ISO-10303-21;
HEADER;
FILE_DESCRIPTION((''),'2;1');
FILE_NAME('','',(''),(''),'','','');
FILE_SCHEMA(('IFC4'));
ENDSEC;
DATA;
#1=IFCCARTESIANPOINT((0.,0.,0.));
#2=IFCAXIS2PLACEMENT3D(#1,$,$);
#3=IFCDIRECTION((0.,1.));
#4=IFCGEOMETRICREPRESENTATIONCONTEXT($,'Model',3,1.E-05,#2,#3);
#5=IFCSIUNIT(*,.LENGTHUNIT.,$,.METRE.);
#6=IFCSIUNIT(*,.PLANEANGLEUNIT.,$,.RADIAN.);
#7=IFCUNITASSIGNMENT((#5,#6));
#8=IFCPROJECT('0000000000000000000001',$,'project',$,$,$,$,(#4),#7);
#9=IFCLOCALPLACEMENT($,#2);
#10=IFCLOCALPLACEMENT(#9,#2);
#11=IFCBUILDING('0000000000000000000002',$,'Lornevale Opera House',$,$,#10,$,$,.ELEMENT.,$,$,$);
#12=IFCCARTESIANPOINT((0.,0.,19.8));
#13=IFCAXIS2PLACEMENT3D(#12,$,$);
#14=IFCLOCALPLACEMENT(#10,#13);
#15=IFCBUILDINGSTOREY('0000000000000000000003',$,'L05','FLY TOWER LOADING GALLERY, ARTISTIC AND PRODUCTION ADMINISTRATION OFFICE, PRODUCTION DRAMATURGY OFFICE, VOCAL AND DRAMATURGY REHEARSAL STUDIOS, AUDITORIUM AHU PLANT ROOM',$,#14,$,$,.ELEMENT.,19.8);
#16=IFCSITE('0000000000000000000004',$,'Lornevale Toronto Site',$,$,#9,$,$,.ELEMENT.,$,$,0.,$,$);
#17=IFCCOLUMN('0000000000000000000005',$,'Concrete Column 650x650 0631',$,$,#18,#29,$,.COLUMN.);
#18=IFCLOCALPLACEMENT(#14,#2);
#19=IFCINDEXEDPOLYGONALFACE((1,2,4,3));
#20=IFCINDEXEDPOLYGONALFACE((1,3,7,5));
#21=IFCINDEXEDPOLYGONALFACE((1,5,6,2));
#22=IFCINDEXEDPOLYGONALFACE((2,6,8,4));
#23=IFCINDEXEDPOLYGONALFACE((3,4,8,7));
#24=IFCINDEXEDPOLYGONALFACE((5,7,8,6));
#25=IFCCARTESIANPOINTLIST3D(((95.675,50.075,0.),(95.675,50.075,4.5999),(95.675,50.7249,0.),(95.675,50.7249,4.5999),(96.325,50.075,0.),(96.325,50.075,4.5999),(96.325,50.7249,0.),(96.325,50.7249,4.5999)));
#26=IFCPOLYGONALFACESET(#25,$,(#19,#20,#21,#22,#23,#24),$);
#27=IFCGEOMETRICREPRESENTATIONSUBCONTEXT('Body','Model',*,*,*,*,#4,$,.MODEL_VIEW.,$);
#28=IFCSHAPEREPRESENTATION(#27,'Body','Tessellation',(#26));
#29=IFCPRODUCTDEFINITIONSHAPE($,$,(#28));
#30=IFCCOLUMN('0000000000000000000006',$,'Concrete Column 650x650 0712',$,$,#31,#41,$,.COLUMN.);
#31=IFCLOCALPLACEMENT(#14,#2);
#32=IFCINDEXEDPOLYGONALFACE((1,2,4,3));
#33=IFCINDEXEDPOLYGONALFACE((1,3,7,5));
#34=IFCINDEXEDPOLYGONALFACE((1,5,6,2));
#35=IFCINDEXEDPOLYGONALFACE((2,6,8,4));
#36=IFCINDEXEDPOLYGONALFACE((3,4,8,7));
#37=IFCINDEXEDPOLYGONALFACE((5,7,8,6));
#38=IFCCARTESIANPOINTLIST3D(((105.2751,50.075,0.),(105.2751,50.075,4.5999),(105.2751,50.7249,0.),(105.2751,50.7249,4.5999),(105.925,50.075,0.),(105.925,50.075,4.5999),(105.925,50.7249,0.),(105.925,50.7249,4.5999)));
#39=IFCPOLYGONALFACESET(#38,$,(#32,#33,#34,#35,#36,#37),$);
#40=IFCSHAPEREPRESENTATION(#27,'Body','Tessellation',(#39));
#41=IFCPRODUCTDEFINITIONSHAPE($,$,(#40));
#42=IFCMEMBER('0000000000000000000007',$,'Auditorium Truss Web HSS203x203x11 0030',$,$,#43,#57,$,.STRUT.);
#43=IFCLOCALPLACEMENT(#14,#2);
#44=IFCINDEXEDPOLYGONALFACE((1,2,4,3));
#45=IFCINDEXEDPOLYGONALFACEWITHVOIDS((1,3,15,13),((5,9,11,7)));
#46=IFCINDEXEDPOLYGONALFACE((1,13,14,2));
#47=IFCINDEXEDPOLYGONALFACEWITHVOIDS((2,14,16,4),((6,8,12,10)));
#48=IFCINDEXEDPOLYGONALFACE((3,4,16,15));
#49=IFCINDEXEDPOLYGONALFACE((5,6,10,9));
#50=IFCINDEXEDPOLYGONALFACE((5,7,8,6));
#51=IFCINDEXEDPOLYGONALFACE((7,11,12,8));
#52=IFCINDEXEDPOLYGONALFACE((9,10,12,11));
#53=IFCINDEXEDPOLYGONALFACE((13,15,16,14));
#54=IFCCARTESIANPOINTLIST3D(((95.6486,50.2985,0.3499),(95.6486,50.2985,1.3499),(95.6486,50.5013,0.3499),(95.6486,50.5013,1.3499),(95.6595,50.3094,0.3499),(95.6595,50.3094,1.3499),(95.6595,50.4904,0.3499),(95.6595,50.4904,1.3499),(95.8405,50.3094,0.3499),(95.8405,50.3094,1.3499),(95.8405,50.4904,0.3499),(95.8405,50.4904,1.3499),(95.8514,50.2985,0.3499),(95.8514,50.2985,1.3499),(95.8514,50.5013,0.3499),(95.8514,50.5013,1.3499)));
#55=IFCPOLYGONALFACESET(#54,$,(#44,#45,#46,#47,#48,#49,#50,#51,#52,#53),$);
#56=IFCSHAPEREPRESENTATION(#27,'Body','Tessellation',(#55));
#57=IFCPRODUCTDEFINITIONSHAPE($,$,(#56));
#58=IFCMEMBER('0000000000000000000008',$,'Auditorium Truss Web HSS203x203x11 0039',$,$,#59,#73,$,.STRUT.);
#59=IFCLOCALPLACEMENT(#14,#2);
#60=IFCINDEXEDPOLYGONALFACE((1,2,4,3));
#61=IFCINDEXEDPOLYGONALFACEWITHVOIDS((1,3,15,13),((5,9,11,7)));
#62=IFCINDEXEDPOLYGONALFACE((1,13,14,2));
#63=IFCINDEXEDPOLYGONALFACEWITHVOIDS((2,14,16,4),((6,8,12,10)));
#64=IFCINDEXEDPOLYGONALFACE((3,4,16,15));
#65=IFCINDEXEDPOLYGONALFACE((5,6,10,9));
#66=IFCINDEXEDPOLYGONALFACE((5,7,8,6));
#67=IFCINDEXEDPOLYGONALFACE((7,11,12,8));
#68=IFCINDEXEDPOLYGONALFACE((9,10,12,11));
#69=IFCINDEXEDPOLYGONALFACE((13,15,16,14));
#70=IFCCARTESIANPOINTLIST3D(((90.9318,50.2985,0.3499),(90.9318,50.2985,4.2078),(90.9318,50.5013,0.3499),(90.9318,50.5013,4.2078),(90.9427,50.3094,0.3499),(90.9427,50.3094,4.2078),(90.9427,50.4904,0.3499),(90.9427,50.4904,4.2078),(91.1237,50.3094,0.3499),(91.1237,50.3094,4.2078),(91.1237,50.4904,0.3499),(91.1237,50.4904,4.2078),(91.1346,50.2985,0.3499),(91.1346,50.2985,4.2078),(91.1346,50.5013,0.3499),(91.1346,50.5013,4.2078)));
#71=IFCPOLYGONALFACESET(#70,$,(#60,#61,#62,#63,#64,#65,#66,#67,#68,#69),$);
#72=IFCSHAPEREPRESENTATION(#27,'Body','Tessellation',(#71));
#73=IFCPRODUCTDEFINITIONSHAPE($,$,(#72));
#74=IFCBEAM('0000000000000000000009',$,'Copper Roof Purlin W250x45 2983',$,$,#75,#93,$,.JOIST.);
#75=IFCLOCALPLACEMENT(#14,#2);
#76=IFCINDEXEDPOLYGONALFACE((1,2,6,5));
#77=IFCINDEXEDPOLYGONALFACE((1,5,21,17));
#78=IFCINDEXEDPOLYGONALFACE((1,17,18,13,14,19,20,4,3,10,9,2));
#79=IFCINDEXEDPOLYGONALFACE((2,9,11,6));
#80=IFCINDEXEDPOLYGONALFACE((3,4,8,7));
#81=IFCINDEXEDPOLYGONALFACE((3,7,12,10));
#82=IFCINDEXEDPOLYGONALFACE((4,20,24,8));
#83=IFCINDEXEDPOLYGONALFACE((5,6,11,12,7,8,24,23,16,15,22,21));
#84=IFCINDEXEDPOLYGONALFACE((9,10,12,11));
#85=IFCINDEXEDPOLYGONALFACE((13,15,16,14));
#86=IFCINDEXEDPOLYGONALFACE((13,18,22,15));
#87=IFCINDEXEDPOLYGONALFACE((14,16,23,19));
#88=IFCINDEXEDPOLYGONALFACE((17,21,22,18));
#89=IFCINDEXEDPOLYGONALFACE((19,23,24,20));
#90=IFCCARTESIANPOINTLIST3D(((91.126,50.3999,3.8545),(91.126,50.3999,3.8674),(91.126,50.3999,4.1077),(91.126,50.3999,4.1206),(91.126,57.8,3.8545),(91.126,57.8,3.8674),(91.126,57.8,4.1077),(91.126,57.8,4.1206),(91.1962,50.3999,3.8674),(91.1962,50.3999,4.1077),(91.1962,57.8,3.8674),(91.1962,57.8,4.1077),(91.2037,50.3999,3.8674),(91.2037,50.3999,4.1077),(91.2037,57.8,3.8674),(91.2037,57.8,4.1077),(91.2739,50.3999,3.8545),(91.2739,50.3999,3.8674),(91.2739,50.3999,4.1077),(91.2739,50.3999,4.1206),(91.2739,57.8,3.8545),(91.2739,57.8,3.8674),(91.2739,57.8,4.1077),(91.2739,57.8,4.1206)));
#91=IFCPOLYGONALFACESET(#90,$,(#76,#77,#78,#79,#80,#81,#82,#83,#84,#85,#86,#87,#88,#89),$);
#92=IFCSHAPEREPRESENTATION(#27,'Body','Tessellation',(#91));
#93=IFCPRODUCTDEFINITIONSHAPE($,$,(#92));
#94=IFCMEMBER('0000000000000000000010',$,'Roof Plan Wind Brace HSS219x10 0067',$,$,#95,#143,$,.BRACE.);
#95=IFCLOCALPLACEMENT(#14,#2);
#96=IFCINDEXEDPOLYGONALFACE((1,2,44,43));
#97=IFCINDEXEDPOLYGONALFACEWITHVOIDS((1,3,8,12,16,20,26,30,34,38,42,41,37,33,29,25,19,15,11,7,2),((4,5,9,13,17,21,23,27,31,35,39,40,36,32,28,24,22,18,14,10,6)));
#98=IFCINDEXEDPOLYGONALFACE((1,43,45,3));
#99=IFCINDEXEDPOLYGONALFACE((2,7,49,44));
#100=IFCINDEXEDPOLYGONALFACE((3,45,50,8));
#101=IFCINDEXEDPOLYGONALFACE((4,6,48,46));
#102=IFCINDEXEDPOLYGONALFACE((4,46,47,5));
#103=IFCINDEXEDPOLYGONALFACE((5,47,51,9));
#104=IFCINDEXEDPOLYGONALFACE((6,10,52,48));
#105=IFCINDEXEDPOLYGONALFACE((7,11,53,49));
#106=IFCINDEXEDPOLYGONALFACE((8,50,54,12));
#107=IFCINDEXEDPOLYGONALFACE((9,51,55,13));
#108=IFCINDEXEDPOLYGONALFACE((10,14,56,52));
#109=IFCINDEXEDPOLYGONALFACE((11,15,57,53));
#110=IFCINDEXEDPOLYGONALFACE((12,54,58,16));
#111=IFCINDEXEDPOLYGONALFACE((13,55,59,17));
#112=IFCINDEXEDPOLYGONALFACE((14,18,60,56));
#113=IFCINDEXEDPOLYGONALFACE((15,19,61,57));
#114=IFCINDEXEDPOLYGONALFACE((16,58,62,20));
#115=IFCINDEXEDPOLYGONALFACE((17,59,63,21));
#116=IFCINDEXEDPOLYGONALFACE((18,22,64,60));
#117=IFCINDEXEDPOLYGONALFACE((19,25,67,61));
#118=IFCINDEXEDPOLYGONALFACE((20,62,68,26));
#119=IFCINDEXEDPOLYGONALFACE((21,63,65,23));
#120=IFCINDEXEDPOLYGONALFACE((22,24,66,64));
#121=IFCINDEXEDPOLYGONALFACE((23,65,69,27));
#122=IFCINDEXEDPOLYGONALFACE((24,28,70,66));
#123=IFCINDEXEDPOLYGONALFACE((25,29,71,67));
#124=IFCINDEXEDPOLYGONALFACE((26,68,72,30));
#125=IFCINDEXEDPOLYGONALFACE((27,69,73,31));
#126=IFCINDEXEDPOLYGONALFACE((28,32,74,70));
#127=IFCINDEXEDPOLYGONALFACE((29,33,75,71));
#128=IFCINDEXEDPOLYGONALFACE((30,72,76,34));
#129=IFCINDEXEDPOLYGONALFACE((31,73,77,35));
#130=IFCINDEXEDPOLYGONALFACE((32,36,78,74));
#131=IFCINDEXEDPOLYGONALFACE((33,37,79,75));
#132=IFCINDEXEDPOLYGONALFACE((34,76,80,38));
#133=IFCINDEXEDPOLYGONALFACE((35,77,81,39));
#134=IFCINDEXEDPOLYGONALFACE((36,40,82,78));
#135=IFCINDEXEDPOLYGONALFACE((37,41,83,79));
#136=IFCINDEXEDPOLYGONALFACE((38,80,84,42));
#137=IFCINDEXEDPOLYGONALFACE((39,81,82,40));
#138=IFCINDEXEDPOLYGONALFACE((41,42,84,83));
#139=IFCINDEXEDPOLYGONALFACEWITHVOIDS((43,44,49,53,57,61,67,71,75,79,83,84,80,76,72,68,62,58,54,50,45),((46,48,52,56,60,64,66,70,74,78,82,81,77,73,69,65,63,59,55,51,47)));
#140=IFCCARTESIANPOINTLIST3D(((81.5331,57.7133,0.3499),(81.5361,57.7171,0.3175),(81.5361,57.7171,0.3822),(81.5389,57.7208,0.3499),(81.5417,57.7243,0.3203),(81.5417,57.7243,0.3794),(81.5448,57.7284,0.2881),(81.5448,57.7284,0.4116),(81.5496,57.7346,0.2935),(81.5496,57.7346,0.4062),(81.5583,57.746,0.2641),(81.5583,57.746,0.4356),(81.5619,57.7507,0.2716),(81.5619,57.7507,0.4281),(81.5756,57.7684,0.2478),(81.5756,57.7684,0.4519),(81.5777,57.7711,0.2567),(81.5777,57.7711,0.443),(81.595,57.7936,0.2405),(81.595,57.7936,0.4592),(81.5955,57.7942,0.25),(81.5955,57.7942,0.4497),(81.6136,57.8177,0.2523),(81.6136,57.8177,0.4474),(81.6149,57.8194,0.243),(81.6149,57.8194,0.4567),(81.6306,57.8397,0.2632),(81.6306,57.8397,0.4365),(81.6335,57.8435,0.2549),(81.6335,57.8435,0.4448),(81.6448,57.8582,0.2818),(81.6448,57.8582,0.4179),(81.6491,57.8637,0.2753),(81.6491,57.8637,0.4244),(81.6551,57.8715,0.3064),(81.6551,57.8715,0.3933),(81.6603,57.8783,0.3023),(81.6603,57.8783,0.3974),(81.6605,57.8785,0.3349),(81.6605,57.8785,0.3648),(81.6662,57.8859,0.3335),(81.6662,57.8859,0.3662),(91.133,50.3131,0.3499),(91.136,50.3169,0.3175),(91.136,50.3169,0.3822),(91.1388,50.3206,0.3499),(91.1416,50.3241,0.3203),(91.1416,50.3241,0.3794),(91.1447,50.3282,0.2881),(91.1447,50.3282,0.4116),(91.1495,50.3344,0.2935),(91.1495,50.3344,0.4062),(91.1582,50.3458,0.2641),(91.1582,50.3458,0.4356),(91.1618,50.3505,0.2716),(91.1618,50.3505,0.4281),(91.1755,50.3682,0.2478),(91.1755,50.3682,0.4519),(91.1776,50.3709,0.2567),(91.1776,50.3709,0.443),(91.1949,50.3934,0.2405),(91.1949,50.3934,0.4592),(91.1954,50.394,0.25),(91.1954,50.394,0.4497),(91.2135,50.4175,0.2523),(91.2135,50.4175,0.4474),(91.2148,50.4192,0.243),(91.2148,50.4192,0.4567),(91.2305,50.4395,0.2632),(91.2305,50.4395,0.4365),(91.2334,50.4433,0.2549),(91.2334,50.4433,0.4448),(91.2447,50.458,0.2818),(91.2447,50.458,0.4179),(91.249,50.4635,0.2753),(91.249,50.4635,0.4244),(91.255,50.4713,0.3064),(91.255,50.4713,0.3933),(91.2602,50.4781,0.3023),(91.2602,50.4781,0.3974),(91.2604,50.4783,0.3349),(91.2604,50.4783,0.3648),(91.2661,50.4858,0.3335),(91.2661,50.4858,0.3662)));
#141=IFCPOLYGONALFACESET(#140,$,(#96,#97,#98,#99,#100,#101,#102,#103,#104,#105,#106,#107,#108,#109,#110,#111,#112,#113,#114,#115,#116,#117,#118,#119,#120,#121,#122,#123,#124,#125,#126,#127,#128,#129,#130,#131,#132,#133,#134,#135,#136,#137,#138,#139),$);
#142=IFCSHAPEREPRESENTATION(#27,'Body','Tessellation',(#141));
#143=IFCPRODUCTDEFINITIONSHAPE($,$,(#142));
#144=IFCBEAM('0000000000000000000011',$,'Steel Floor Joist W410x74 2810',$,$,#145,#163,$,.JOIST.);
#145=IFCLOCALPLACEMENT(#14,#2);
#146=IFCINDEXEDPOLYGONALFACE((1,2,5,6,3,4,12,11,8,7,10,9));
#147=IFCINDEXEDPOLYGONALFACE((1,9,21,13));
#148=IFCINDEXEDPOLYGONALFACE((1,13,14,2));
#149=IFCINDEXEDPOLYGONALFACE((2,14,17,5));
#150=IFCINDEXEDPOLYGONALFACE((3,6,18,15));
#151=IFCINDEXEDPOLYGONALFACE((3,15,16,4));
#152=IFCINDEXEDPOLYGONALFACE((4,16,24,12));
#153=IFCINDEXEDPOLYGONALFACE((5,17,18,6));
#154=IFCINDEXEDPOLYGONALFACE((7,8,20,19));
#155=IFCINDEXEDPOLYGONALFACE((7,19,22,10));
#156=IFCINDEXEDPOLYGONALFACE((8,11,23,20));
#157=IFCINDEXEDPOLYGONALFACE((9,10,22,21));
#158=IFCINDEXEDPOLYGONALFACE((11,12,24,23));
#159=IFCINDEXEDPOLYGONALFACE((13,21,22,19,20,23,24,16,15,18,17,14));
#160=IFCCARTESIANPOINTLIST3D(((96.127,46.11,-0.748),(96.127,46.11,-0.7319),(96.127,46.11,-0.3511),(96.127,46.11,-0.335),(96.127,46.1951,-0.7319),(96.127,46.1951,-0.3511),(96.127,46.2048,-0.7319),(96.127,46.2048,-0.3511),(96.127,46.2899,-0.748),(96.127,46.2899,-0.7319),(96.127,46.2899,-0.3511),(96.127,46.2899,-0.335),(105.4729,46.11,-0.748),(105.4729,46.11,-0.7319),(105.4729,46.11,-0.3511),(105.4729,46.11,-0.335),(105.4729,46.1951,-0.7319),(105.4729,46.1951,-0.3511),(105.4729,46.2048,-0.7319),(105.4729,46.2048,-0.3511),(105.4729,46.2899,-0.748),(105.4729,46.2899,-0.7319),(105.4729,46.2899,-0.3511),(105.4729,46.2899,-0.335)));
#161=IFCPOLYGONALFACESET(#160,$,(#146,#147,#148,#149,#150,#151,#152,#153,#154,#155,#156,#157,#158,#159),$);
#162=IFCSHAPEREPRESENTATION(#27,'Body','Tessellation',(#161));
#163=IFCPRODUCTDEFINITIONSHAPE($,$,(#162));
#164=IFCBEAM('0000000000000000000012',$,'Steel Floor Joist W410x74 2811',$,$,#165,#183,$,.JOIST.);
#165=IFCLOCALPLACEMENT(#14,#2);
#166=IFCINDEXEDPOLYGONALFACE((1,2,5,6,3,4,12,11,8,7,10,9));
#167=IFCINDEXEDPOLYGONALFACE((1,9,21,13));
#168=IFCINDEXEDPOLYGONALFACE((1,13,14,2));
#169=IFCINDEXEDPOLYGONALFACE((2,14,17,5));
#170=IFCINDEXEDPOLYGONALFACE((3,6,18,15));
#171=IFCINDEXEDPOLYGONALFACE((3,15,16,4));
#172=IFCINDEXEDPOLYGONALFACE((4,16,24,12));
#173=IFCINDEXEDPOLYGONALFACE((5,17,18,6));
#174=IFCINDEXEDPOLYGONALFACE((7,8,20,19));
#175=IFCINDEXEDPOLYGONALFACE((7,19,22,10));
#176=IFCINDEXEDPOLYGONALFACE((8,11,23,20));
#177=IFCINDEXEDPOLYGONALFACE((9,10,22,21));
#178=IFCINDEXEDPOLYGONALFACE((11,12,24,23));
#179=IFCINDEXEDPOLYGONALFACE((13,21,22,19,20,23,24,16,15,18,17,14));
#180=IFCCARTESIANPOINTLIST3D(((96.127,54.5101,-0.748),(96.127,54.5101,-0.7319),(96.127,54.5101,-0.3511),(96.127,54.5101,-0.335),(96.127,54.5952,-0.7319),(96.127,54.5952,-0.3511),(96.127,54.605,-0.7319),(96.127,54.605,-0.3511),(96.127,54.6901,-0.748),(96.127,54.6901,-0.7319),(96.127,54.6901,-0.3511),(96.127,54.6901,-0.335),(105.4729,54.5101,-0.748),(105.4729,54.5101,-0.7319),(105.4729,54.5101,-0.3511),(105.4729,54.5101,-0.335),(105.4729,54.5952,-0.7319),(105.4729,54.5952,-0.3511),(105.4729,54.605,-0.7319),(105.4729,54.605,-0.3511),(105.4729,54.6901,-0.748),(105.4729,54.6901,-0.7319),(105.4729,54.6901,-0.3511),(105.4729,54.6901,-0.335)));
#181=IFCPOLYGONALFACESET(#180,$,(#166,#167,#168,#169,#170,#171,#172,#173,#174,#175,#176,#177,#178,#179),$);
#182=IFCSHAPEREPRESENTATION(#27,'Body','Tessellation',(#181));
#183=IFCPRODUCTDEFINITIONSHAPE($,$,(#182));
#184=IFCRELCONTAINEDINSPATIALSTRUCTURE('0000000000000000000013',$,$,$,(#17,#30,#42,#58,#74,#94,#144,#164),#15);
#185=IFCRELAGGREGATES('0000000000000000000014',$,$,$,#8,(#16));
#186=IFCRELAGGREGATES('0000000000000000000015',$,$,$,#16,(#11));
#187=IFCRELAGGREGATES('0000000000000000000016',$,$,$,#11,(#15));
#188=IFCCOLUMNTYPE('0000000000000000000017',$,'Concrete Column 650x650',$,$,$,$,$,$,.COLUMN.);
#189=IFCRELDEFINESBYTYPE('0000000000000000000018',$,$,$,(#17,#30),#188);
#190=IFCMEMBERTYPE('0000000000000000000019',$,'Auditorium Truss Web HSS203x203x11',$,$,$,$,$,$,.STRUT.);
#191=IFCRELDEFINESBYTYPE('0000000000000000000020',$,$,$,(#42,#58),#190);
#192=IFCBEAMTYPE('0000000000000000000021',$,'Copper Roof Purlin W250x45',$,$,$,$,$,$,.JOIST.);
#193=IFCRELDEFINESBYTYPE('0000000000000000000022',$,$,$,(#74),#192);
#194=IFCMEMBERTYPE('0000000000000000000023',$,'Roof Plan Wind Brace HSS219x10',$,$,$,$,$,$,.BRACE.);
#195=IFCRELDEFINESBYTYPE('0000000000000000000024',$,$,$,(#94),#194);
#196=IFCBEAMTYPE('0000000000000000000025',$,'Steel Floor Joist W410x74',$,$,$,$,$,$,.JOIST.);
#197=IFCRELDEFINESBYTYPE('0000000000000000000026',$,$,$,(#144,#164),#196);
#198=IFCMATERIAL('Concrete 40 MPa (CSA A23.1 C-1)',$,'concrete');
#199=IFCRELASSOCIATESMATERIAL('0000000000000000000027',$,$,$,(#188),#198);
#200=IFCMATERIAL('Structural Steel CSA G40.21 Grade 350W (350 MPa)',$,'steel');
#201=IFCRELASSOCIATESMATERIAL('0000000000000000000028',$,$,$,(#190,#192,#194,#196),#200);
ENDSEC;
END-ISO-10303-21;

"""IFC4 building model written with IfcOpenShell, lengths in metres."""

from ifc_helpers import new_model, si_unit, direction, frame, origin, origin_2d, place, context, subcontext, project, spatial, rectangle, hollow_rectangle, hollow_circle, i_section, extrude, material, material_profile, profile_set, type_object, element, save


model = new_model("IFC4")

# Units and contexts
model_context = context("Model", 3, precision=1e-05, world=origin(), true_north=direction((0.0, 1.0)))
body_context = subcontext(model_context, "Body", "Model", "MODEL_VIEW")
ifc_project = project(units=[si_unit("LENGTHUNIT", "METRE"), si_unit("PLANEANGLEUNIT", "RADIAN")], contexts=[model_context])

# Site, building, storey
site_placement = place(None, origin())
site = spatial("IfcSite", under=ifc_project, at=site_placement, Name="Lornevale Toronto Site", CompositionType="ELEMENT", RefElevation=0.0)
building_placement = place(site_placement, origin())
building = spatial("IfcBuilding", under=site, at=building_placement, Name="Lornevale Opera House", CompositionType="ELEMENT")
storey_placement = place(building_placement, frame((0.0, 0.0, 19.8)))
storey = spatial("IfcBuildingStorey", under=building, at=storey_placement, Name="L05", Description="FLY TOWER LOADING GALLERY, ARTISTIC AND PRODUCTION ADMINISTRATION OFFICE, PRODUCTION DRAMATURGY OFFICE, VOCAL AND DRAMATURGY REHEARSAL STUDIOS, AUDITORIUM AHU PLANT ROOM", CompositionType="ELEMENT", Elevation=19.8)

# Columns
ifc_material_1 = material(Name="Concrete 40 MPa (CSA A23.1 C-1)", Category="concrete")
ifc_material_profile_1 = material_profile(ifc_material_1, rectangle(XDim=0.6499, YDim=0.6499, at=origin_2d()), Name="RC650x650")
ifc_profile_set_1 = profile_set([ifc_material_profile_1], Name="Concrete 40 MPa (CSA A23.1 C-1)")
column_type = type_object("IfcColumnType", Name="Concrete Column 650x650", PredefinedType="COLUMN", material=ifc_profile_set_1)
for number, where, z_axis, x_axis, name in (
    (1, (96.0, 50.3999, 0.0), (0.0, 0.0, 1.0), (1.0, 0.0, 0.0), "Concrete Column 650x650 0631"),
    (2, (105.6001, 50.3999, 0.0), (0.0, 0.0, 1.0), (1.0, 0.0, 0.0), "Concrete Column 650x650 0712"),
):
    element("IfcColumn", number, at=place(storey_placement, frame(where, z_axis=z_axis, x_axis=x_axis)), inside=storey, type_object=column_type, Name=name, PredefinedType="COLUMN", context=body_context, shape_type="SweptSolid", body=[
        extrude(rectangle(XDim=0.6499, YDim=0.6499, at=origin_2d()), origin(), (0.0, 0.0, 1.0), 4.5999),
    ])

# Members
ifc_material_2 = material(Name="Structural Steel CSA G40.21 Grade 350W (350 MPa)", Category="steel")
ifc_material_profile_2 = material_profile(ifc_material_2, hollow_rectangle(XDim=0.2029, YDim=0.2029, WallThickness=0.011, at=origin_2d()), Name="HSS203x203x11")
ifc_profile_set_2 = profile_set([ifc_material_profile_2], Name="Structural Steel CSA G40.21 Grade 350W (350 MPa)")
member_type_1 = type_object("IfcMemberType", Name="Auditorium Truss Web HSS203x203x11", PredefinedType="STRUT", material=ifc_profile_set_2)
member_1_placement = place(storey_placement, frame((95.75, 50.3999, 0.3499), z_axis=(0.0, 0.0, 1.0), x_axis=(1.0, 0.0, 0.0)))
element("IfcMember", 3, at=member_1_placement, inside=storey, type_object=member_type_1, Name="Auditorium Truss Web HSS203x203x11 0030", PredefinedType="STRUT", context=body_context, shape_type="SweptSolid", body=[
    extrude(hollow_rectangle(XDim=0.2029, YDim=0.2029, WallThickness=0.011, at=origin_2d()), origin(), (0.0, 0.0, 1.0), 1.0),
])
member_2_placement = place(storey_placement, frame((91.0332, 50.3999, 0.3499), z_axis=(0.0, 0.0, 1.0), x_axis=(1.0, 0.0, 0.0)))
element("IfcMember", 4, at=member_2_placement, inside=storey, type_object=member_type_1, Name="Auditorium Truss Web HSS203x203x11 0039", PredefinedType="STRUT", context=body_context, shape_type="SweptSolid", body=[
    extrude(hollow_rectangle(XDim=0.2029, YDim=0.2029, WallThickness=0.011, at=origin_2d()), origin(), (0.0, 0.0, 1.0), 3.8579),
])

# Beam
ifc_material_profile_3 = material_profile(ifc_material_2, i_section(OverallWidth=0.1479, OverallDepth=0.2661, WebThickness=0.0076, FlangeThickness=0.0129, at=origin_2d()), Name="W250x45")
ifc_profile_set_3 = profile_set([ifc_material_profile_3], Name="Structural Steel CSA G40.21 Grade 350W (350 MPa)")
beam_type_1 = type_object("IfcBeamType", Name="Copper Roof Purlin W250x45", PredefinedType="JOIST", material=ifc_profile_set_3)
beam_1_placement = place(storey_placement, frame((91.2, 50.3999, 3.9875), z_axis=(0.0, 1.0, 0.0), x_axis=(-1.0, 0.0, 0.0)))
element("IfcBeam", 5, at=beam_1_placement, inside=storey, type_object=beam_type_1, Name="Copper Roof Purlin W250x45 2983", PredefinedType="JOIST", context=body_context, shape_type="SweptSolid", body=[
    extrude(i_section(OverallWidth=0.1479, OverallDepth=0.2661, WebThickness=0.0076, FlangeThickness=0.0129, at=origin_2d()), origin(), (0.0, 0.0, 1.0), 7.4001),
])

# Member
ifc_material_profile_4 = material_profile(ifc_material_2, hollow_circle(Radius=0.1096, WallThickness=0.0095, at=origin_2d()), Name="HSS219x10")
ifc_profile_set_4 = profile_set([ifc_material_profile_4], Name="Structural Steel CSA G40.21 Grade 350W (350 MPa)")
member_type_2 = type_object("IfcMemberType", Name="Roof Plan Wind Brace HSS219x10", PredefinedType="BRACE", material=ifc_profile_set_4)
member_3_placement = place(storey_placement, frame((91.2, 50.3999, 0.3499), z_axis=(-0.792, 0.610521, 0.0), x_axis=(-0.610521, -0.792, 0.0)))
element("IfcMember", 6, at=member_3_placement, inside=storey, type_object=member_type_2, Name="Roof Plan Wind Brace HSS219x10 0067", PredefinedType="BRACE", context=body_context, shape_type="SweptSolid", body=[
    extrude(hollow_circle(Radius=0.1096, WallThickness=0.0095, at=origin_2d()), origin(), (0.0, 0.0, 1.0), 12.1211),
])

# Beams
ifc_material_profile_5 = material_profile(ifc_material_2, i_section(OverallWidth=0.1799, OverallDepth=0.4131, WebThickness=0.0098, FlangeThickness=0.0161, at=origin_2d()), Name="W410x74")
ifc_profile_set_5 = profile_set([ifc_material_profile_5], Name="Structural Steel CSA G40.21 Grade 350W (350 MPa)")
beam_type_2 = type_object("IfcBeamType", Name="Steel Floor Joist W410x74", PredefinedType="JOIST", material=ifc_profile_set_5)
for number, where, z_axis, x_axis, name in (
    (7, (96.127, 46.2, -0.5415), (1.0, 0.0, 0.0), (0.0, 1.0, 0.0), "Steel Floor Joist W410x74 2810"),
    (8, (96.127, 54.6001, -0.5415), (1.0, 0.0, 0.0), (0.0, 1.0, 0.0), "Steel Floor Joist W410x74 2811"),
):
    element("IfcBeam", number, at=place(storey_placement, frame(where, z_axis=z_axis, x_axis=x_axis)), inside=storey, type_object=beam_type_2, Name=name, PredefinedType="JOIST", context=body_context, shape_type="SweptSolid", body=[
        extrude(i_section(OverallWidth=0.1799, OverallDepth=0.4131, WebThickness=0.0098, FlangeThickness=0.0161, at=origin_2d()), origin(), (0.0, 0.0, 1.0), 9.3459),
    ])

save(model, "model.ifc")
